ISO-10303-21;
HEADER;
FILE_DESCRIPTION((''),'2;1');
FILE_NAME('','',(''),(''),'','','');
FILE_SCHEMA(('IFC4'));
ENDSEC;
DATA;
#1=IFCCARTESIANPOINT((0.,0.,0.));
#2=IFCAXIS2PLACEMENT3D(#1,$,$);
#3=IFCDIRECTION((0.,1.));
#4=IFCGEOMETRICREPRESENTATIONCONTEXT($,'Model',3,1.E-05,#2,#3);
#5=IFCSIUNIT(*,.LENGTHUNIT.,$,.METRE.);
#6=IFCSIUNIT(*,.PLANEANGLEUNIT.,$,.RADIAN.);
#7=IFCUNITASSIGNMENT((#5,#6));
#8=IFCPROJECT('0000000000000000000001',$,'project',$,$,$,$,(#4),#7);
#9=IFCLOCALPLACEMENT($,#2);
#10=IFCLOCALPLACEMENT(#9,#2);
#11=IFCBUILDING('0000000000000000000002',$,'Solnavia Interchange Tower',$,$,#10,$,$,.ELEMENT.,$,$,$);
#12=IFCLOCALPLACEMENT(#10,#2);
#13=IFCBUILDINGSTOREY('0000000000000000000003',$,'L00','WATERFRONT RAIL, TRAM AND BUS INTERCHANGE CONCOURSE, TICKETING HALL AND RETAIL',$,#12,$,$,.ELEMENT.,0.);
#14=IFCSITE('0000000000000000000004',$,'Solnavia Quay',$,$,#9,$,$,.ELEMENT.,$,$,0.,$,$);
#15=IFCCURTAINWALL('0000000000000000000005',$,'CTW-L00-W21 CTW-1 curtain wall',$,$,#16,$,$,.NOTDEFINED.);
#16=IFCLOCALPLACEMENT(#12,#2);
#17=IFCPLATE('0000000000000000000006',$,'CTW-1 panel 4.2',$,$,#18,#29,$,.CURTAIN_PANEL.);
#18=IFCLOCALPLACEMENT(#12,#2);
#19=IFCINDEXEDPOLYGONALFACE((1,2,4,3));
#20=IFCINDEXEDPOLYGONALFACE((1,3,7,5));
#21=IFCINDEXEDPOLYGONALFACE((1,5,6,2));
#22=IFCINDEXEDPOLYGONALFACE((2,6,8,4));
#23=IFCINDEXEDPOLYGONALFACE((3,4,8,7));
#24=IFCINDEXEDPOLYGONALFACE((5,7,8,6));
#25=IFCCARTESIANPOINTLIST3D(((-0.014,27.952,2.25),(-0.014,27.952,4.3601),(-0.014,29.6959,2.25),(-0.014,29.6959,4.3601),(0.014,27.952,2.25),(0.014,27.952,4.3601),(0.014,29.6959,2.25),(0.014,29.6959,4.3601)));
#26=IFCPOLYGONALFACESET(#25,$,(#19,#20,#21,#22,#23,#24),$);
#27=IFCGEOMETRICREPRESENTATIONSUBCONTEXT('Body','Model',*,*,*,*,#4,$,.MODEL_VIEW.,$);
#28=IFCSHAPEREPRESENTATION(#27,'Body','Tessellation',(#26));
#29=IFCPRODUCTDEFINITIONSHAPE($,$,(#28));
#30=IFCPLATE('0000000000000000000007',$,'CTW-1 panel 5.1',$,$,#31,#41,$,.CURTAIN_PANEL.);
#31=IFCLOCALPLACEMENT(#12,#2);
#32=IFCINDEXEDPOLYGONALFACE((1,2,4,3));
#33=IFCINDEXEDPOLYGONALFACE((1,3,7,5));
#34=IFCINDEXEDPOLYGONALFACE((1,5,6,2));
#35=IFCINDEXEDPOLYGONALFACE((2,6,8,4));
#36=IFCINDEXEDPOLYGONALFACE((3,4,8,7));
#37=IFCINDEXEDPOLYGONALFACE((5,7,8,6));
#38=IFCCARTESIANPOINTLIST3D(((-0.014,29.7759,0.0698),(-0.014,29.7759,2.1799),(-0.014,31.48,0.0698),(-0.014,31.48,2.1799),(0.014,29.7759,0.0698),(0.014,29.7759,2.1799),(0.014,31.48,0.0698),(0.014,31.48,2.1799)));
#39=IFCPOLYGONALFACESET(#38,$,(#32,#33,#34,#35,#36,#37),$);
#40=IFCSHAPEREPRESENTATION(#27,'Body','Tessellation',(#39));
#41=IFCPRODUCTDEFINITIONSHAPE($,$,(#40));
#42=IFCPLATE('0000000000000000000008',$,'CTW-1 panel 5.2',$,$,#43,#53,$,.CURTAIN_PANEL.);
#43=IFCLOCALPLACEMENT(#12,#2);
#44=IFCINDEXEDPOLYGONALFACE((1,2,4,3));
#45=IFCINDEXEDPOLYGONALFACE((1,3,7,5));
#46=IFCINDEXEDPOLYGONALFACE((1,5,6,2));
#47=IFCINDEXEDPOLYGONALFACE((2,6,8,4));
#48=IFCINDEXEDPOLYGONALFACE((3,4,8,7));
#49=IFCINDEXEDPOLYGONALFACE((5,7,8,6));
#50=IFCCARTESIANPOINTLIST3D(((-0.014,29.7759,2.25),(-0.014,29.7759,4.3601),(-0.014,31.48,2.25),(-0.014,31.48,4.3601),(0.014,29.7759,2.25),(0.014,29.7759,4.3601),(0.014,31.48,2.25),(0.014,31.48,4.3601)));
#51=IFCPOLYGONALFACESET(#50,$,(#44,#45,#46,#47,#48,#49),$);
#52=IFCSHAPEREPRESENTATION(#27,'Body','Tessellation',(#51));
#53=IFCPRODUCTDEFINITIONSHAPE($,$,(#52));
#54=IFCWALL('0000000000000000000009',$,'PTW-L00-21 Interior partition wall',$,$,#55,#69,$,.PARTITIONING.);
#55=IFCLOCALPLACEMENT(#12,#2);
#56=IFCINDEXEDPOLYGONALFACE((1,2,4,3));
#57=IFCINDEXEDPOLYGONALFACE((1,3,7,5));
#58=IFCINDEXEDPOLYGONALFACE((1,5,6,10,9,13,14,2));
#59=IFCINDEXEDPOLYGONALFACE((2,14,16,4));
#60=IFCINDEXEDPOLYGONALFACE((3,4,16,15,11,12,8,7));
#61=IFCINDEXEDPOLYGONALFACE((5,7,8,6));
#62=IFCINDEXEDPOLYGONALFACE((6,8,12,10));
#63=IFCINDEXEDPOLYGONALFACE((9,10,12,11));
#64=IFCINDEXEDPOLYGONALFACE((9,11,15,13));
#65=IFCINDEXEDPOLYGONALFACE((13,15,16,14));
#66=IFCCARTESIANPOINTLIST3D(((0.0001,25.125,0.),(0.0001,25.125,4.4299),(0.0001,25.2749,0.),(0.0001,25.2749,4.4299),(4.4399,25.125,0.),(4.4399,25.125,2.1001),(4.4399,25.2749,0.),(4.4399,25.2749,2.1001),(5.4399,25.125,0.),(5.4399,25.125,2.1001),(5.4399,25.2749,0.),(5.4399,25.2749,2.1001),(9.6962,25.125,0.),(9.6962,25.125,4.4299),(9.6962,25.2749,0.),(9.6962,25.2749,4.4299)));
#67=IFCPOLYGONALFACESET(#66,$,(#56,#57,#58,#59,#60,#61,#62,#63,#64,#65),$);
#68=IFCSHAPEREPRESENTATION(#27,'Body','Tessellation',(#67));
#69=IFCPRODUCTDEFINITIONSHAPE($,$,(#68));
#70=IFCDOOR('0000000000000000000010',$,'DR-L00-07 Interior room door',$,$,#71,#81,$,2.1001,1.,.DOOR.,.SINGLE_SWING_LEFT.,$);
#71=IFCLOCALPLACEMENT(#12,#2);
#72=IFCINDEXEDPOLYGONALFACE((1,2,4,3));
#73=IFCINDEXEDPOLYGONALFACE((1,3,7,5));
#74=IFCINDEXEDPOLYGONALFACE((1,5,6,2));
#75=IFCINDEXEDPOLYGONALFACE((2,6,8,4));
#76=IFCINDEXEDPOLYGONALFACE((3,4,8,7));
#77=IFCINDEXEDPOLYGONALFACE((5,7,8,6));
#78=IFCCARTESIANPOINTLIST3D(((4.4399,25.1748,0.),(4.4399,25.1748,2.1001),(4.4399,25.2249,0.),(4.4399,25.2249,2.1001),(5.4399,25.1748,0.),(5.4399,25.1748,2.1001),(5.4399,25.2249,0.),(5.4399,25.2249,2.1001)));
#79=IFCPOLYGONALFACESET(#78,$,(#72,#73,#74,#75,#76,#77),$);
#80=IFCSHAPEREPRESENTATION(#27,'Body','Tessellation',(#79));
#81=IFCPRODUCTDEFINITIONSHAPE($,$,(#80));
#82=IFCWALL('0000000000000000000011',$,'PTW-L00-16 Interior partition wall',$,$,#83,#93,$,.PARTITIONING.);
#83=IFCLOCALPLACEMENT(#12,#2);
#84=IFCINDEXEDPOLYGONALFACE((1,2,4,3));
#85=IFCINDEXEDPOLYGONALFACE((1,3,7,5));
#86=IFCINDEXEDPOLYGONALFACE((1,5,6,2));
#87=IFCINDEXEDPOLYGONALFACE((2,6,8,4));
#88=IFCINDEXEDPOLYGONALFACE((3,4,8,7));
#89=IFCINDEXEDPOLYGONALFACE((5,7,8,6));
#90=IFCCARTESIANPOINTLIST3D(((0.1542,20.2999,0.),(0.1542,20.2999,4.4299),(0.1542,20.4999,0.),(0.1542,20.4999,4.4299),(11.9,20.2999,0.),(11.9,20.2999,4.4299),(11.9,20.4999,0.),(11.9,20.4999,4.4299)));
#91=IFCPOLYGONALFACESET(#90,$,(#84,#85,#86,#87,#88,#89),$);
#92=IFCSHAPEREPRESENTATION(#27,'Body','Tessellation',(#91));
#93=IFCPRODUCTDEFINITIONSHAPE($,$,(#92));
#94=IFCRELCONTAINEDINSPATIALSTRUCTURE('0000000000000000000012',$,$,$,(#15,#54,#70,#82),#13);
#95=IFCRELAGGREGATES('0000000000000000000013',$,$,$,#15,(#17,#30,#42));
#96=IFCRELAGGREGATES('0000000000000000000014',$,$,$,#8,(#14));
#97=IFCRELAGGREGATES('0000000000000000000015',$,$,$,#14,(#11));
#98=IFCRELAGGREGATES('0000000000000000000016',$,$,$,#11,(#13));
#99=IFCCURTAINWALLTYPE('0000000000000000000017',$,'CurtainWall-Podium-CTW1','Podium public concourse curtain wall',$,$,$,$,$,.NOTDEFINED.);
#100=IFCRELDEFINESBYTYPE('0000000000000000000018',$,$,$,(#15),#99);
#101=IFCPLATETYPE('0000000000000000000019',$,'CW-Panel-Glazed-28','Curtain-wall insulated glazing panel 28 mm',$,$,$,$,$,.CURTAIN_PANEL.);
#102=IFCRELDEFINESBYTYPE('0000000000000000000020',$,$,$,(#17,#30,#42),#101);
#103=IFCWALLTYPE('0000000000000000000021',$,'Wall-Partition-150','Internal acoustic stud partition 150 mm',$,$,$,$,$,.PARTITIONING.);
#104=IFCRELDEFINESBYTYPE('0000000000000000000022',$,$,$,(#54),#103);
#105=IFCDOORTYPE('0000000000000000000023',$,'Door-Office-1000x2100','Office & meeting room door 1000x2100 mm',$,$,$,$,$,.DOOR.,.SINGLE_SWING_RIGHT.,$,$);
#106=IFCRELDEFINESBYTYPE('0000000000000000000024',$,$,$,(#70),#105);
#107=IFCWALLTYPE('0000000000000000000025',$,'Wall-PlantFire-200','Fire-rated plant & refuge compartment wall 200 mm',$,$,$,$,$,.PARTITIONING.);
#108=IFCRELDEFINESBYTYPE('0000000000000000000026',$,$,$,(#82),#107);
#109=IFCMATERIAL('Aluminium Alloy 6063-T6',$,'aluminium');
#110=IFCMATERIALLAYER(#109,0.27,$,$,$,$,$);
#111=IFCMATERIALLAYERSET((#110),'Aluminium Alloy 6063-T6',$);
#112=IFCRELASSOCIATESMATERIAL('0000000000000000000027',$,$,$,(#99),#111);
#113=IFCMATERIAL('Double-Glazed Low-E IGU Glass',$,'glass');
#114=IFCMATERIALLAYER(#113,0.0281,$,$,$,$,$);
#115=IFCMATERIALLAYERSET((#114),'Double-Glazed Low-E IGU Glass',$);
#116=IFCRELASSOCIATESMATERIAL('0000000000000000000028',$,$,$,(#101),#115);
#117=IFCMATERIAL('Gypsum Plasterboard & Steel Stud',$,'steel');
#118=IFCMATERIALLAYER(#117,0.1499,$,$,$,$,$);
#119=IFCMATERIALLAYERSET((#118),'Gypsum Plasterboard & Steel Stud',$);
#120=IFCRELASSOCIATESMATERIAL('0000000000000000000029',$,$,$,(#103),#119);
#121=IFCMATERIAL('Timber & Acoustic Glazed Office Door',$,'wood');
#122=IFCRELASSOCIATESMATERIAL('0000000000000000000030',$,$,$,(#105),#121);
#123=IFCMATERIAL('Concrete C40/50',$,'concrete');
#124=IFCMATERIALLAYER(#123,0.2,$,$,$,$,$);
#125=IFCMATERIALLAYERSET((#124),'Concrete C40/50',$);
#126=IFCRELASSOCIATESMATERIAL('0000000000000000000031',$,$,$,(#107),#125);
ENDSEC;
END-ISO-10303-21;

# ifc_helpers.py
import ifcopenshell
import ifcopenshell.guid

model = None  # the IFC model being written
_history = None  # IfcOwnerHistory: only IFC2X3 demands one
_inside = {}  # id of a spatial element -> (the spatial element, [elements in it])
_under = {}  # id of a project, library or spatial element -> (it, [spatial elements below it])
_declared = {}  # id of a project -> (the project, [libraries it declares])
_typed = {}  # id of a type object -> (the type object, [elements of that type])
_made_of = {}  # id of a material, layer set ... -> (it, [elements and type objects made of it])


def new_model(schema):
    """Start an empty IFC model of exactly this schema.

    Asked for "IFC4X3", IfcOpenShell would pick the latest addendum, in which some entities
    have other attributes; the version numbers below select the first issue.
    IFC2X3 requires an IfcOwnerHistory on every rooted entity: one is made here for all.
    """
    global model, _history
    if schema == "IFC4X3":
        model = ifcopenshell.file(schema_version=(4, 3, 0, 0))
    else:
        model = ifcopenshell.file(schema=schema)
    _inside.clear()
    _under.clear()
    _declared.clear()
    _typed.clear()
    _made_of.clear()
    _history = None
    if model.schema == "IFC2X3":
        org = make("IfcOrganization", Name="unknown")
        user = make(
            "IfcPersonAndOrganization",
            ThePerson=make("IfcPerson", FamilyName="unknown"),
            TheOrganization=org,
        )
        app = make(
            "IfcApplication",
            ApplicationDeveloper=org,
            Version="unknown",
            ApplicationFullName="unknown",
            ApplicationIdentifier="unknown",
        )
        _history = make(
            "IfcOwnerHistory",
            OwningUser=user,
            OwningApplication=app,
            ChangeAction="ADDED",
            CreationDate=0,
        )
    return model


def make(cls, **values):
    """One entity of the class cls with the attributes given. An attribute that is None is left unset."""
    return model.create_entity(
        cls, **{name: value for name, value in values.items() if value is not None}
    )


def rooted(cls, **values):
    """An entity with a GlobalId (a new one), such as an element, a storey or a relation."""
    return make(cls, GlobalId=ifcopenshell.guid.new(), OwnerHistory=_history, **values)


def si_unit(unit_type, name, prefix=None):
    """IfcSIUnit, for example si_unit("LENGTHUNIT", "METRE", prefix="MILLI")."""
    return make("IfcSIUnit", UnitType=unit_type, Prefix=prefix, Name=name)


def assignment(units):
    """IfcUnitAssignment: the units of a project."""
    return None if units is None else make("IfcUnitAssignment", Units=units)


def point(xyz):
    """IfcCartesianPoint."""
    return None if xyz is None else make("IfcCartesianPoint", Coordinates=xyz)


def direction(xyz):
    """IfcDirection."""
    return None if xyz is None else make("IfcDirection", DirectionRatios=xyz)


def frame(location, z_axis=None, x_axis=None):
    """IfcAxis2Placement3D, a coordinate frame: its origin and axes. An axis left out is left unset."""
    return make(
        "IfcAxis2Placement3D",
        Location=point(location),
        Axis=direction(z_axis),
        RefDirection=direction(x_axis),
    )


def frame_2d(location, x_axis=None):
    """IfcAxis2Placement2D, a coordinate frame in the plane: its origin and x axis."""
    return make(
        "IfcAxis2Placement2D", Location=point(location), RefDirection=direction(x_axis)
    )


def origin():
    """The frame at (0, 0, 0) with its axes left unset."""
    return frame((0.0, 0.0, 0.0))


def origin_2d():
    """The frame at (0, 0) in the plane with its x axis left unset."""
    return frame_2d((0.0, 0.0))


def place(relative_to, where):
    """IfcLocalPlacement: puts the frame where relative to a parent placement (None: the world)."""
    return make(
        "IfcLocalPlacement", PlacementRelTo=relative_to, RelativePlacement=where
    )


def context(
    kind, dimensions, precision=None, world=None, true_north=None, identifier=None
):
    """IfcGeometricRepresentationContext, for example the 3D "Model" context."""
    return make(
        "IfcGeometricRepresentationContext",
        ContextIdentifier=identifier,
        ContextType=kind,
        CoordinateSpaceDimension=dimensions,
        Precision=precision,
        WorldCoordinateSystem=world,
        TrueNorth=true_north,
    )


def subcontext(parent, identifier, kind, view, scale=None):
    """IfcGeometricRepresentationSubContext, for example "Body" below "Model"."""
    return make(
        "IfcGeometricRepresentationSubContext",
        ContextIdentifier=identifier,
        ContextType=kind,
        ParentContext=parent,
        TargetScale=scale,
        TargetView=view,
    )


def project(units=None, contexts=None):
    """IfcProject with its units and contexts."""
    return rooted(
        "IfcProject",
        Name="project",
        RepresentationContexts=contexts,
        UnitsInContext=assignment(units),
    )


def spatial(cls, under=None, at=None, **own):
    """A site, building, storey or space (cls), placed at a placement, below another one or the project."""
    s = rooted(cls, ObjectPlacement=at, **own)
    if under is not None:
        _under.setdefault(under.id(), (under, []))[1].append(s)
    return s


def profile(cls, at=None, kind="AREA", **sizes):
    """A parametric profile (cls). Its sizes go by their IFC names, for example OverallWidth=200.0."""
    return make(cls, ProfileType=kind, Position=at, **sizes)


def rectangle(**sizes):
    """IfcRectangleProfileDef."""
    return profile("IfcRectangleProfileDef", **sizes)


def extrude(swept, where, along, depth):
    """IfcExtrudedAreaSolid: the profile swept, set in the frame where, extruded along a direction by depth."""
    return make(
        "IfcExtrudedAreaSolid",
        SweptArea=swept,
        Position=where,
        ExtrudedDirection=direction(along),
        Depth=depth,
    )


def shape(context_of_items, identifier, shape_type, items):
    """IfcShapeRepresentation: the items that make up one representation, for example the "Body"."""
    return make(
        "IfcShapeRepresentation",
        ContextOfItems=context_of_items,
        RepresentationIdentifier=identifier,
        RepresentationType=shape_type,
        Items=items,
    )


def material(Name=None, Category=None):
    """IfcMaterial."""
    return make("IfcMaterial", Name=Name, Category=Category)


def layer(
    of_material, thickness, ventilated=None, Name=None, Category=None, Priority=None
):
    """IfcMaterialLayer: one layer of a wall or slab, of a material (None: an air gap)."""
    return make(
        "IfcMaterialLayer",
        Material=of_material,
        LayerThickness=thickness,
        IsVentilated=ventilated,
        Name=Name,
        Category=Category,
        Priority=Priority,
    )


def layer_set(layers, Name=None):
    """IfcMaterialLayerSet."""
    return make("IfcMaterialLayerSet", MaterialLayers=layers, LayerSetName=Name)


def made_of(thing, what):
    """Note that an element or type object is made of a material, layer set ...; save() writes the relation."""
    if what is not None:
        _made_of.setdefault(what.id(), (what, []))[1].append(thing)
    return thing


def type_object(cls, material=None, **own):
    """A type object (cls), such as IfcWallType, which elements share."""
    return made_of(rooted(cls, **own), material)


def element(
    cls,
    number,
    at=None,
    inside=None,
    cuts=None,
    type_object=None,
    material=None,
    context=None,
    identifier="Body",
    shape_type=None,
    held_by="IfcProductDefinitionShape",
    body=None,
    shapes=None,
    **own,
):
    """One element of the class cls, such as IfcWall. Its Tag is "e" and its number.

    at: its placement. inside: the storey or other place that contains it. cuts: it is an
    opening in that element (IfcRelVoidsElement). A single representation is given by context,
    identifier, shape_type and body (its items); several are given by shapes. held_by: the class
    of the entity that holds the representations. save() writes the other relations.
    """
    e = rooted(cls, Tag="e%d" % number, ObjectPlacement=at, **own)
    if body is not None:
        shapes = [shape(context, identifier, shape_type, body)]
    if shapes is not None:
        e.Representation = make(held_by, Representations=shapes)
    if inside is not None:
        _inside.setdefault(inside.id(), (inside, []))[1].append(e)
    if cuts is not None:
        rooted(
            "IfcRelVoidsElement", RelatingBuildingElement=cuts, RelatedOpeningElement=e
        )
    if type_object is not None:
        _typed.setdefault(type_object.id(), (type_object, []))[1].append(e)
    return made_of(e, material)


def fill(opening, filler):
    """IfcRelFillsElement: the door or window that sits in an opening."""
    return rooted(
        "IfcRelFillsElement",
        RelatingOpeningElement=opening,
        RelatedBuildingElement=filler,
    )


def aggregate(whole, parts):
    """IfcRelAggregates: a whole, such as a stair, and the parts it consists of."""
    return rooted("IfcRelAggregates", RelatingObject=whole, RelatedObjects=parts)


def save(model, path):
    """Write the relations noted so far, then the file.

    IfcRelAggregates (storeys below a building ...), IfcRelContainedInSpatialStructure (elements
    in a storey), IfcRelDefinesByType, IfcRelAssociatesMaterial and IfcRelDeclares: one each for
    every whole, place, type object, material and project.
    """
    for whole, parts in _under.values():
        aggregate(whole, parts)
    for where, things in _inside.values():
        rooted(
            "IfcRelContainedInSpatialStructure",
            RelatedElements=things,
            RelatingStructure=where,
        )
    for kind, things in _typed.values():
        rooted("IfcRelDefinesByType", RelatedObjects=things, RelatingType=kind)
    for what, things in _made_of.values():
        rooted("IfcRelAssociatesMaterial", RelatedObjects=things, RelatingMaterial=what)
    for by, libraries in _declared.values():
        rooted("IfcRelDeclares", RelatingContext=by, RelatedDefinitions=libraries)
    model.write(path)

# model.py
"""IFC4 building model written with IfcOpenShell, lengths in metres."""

from ifc_helpers import new_model, si_unit, direction, frame, frame_2d, origin, origin_2d, place, context, subcontext, project, spatial, rectangle, extrude, material, layer, layer_set, type_object, element, fill, aggregate, save


model = new_model("IFC4")

# Units and contexts
model_context = context("Model", 3, precision=1e-05, world=origin(), true_north=direction((0.0, 1.0)))
body_context = subcontext(model_context, "Body", "Model", "MODEL_VIEW")
ifc_project = project(units=[si_unit("LENGTHUNIT", "METRE"), si_unit("PLANEANGLEUNIT", "RADIAN")], contexts=[model_context])

# Site, building, storey
site_placement = place(None, origin())
site = spatial("IfcSite", under=ifc_project, at=site_placement, Name="Solnavia Quay", CompositionType="ELEMENT", RefElevation=0.0)
building_placement = place(site_placement, origin())
building = spatial("IfcBuilding", under=site, at=building_placement, Name="Solnavia Interchange Tower", CompositionType="ELEMENT")
storey_placement = place(building_placement, origin())
storey = spatial("IfcBuildingStorey", under=building, at=storey_placement, Name="L00", Description="WATERFRONT RAIL, TRAM AND BUS INTERCHANGE CONCOURSE, TICKETING HALL AND RETAIL", CompositionType="ELEMENT", Elevation=0.0)

# Curtain wall, plates
ifc_material_1 = material(Name="Aluminium Alloy 6063-T6", Category="aluminium")
ifc_layer_1 = layer(ifc_material_1, 0.27)
ifc_layer_set_1 = layer_set([ifc_layer_1], Name="Aluminium Alloy 6063-T6")
curtain_wall_type = type_object("IfcCurtainWallType", Name="CurtainWall-Podium-CTW1", Description="Podium public concourse curtain wall", PredefinedType="NOTDEFINED", material=ifc_layer_set_1)
curtain_wall_placement = place(storey_placement, origin())
curtain_wall = element("IfcCurtainWall", 1, at=curtain_wall_placement, inside=storey, type_object=curtain_wall_type, Name="CTW-L00-W21 CTW-1 curtain wall", PredefinedType="NOTDEFINED")
ifc_material_2 = material(Name="Double-Glazed Low-E IGU Glass", Category="glass")
ifc_layer_2 = layer(ifc_material_2, 0.0281)
ifc_layer_set_2 = layer_set([ifc_layer_2], Name="Double-Glazed Low-E IGU Glass")
plate_type = type_object("IfcPlateType", Name="CW-Panel-Glazed-28", Description="Curtain-wall insulated glazing panel 28 mm", PredefinedType="CURTAIN_PANEL", material=ifc_layer_set_2)
plate_1_placement = place(storey_placement, frame((0.0, 28.824, 2.25), z_axis=(0.0, 0.0, 1.0), x_axis=(0.0, 1.0, 0.0)))
plate_1 = element("IfcPlate", 2, at=plate_1_placement, type_object=plate_type, Name="CTW-1 panel 4.2", PredefinedType="CURTAIN_PANEL", context=body_context, shape_type="SweptSolid", body=[
    extrude(rectangle(XDim=1.7439, YDim=0.0281, at=origin_2d()), origin(), (0.0, 0.0, 1.0), 2.1101),
])
plate_2_placement = place(storey_placement, frame((0.0, 30.6279, 0.0698), z_axis=(0.0, 0.0, 1.0), x_axis=(0.0, 1.0, 0.0)))
plate_2 = element("IfcPlate", 3, at=plate_2_placement, type_object=plate_type, Name="CTW-1 panel 5.1", PredefinedType="CURTAIN_PANEL", context=body_context, shape_type="SweptSolid", body=[
    extrude(rectangle(XDim=1.7041, YDim=0.0281, at=origin_2d()), origin(), (0.0, 0.0, 1.0), 2.1101),
])
plate_3_placement = place(storey_placement, frame((0.0, 30.6279, 2.25), z_axis=(0.0, 0.0, 1.0), x_axis=(0.0, 1.0, 0.0)))
plate_3 = element("IfcPlate", 4, at=plate_3_placement, type_object=plate_type, Name="CTW-1 panel 5.2", PredefinedType="CURTAIN_PANEL", context=body_context, shape_type="SweptSolid", body=[
    extrude(rectangle(XDim=1.7041, YDim=0.0281, at=origin_2d()), origin(), (0.0, 0.0, 1.0), 2.1101),
])
aggregate(curtain_wall, [plate_1, plate_2, plate_3])

# Wall, opening, door
ifc_material_3 = material(Name="Gypsum Plasterboard & Steel Stud", Category="steel")
ifc_layer_3 = layer(ifc_material_3, 0.1499)
ifc_layer_set_3 = layer_set([ifc_layer_3], Name="Gypsum Plasterboard & Steel Stud")
wall_type_1 = type_object("IfcWallType", Name="Wall-Partition-150", Description="Internal acoustic stud partition 150 mm", PredefinedType="PARTITIONING", material=ifc_layer_set_3)
wall_1_placement = place(storey_placement, frame((0.0, 25.2, 0.0), z_axis=(0.0, 0.0, 1.0), x_axis=(1.0, 0.0, 0.0)))
wall_1 = element("IfcWall", 5, at=wall_1_placement, inside=storey, type_object=wall_type_1, Name="PTW-L00-21 Interior partition wall", PredefinedType="PARTITIONING", context=body_context, shape_type="SweptSolid", body=[
    extrude(rectangle(XDim=9.696, YDim=0.1499, at=frame_2d((4.8481, 0.0))), origin(), (0.0, 0.0, 1.0), 4.4299),
])
opening_placement = place(wall_1_placement, frame((4.4399, 0.0, 0.0)))
opening = element("IfcOpeningElement", 6, at=opening_placement, cuts=wall_1, PredefinedType="OPENING", context=body_context, shape_type="SweptSolid", body=[
    extrude(rectangle(XDim=1.0, YDim=2.1001, at=frame_2d((0.5, 1.05))), frame((0.0, 0.085, 0.0), z_axis=(0.0, -1.0, 0.0), x_axis=(1.0, 0.0, 0.0)), (0.0, 0.0, 1.0), 0.1699),
])
ifc_material_4 = material(Name="Timber & Acoustic Glazed Office Door", Category="wood")
door_type = type_object("IfcDoorType", Name="Door-Office-1000x2100", Description="Office & meeting room door 1000x2100 mm", OperationType="SINGLE_SWING_RIGHT", PredefinedType="DOOR", material=ifc_material_4)
door_placement = place(opening_placement, origin())
door = element("IfcDoor", 7, at=door_placement, inside=storey, type_object=door_type, Name="DR-L00-07 Interior room door", OperationType="SINGLE_SWING_LEFT", OverallHeight=2.1001, OverallWidth=1.0, PredefinedType="DOOR", context=body_context, shape_type="SweptSolid", body=[
    extrude(rectangle(XDim=1.0, YDim=2.1001, at=frame_2d((0.5, 1.05))), frame((0.0, 0.0249, 0.0), z_axis=(0.0, -1.0, 0.0), x_axis=(1.0, 0.0, 0.0)), (0.0, 0.0, 1.0), 0.05),
])
fill(opening, door)

# Wall
ifc_material_5 = material(Name="Concrete C40/50", Category="concrete")
ifc_layer_4 = layer(ifc_material_5, 0.2)
ifc_layer_set_4 = layer_set([ifc_layer_4], Name="Concrete C40/50")
wall_type_2 = type_object("IfcWallType", Name="Wall-PlantFire-200", Description="Fire-rated plant & refuge compartment wall 200 mm", PredefinedType="PARTITIONING", material=ifc_layer_set_4)
wall_2_placement = place(storey_placement, frame((0.1541, 20.3999, 0.0), z_axis=(0.0, 0.0, 1.0), x_axis=(1.0, 0.0, 0.0)))
element("IfcWall", 8, at=wall_2_placement, inside=storey, type_object=wall_type_2, Name="PTW-L00-16 Interior partition wall", PredefinedType="PARTITIONING", context=body_context, shape_type="SweptSolid", body=[
    extrude(rectangle(XDim=11.7458, YDim=0.2, at=frame_2d((5.873, 0.0))), origin(), (0.0, 0.0, 1.0), 4.4299),
])

save(model, "model.ifc")
